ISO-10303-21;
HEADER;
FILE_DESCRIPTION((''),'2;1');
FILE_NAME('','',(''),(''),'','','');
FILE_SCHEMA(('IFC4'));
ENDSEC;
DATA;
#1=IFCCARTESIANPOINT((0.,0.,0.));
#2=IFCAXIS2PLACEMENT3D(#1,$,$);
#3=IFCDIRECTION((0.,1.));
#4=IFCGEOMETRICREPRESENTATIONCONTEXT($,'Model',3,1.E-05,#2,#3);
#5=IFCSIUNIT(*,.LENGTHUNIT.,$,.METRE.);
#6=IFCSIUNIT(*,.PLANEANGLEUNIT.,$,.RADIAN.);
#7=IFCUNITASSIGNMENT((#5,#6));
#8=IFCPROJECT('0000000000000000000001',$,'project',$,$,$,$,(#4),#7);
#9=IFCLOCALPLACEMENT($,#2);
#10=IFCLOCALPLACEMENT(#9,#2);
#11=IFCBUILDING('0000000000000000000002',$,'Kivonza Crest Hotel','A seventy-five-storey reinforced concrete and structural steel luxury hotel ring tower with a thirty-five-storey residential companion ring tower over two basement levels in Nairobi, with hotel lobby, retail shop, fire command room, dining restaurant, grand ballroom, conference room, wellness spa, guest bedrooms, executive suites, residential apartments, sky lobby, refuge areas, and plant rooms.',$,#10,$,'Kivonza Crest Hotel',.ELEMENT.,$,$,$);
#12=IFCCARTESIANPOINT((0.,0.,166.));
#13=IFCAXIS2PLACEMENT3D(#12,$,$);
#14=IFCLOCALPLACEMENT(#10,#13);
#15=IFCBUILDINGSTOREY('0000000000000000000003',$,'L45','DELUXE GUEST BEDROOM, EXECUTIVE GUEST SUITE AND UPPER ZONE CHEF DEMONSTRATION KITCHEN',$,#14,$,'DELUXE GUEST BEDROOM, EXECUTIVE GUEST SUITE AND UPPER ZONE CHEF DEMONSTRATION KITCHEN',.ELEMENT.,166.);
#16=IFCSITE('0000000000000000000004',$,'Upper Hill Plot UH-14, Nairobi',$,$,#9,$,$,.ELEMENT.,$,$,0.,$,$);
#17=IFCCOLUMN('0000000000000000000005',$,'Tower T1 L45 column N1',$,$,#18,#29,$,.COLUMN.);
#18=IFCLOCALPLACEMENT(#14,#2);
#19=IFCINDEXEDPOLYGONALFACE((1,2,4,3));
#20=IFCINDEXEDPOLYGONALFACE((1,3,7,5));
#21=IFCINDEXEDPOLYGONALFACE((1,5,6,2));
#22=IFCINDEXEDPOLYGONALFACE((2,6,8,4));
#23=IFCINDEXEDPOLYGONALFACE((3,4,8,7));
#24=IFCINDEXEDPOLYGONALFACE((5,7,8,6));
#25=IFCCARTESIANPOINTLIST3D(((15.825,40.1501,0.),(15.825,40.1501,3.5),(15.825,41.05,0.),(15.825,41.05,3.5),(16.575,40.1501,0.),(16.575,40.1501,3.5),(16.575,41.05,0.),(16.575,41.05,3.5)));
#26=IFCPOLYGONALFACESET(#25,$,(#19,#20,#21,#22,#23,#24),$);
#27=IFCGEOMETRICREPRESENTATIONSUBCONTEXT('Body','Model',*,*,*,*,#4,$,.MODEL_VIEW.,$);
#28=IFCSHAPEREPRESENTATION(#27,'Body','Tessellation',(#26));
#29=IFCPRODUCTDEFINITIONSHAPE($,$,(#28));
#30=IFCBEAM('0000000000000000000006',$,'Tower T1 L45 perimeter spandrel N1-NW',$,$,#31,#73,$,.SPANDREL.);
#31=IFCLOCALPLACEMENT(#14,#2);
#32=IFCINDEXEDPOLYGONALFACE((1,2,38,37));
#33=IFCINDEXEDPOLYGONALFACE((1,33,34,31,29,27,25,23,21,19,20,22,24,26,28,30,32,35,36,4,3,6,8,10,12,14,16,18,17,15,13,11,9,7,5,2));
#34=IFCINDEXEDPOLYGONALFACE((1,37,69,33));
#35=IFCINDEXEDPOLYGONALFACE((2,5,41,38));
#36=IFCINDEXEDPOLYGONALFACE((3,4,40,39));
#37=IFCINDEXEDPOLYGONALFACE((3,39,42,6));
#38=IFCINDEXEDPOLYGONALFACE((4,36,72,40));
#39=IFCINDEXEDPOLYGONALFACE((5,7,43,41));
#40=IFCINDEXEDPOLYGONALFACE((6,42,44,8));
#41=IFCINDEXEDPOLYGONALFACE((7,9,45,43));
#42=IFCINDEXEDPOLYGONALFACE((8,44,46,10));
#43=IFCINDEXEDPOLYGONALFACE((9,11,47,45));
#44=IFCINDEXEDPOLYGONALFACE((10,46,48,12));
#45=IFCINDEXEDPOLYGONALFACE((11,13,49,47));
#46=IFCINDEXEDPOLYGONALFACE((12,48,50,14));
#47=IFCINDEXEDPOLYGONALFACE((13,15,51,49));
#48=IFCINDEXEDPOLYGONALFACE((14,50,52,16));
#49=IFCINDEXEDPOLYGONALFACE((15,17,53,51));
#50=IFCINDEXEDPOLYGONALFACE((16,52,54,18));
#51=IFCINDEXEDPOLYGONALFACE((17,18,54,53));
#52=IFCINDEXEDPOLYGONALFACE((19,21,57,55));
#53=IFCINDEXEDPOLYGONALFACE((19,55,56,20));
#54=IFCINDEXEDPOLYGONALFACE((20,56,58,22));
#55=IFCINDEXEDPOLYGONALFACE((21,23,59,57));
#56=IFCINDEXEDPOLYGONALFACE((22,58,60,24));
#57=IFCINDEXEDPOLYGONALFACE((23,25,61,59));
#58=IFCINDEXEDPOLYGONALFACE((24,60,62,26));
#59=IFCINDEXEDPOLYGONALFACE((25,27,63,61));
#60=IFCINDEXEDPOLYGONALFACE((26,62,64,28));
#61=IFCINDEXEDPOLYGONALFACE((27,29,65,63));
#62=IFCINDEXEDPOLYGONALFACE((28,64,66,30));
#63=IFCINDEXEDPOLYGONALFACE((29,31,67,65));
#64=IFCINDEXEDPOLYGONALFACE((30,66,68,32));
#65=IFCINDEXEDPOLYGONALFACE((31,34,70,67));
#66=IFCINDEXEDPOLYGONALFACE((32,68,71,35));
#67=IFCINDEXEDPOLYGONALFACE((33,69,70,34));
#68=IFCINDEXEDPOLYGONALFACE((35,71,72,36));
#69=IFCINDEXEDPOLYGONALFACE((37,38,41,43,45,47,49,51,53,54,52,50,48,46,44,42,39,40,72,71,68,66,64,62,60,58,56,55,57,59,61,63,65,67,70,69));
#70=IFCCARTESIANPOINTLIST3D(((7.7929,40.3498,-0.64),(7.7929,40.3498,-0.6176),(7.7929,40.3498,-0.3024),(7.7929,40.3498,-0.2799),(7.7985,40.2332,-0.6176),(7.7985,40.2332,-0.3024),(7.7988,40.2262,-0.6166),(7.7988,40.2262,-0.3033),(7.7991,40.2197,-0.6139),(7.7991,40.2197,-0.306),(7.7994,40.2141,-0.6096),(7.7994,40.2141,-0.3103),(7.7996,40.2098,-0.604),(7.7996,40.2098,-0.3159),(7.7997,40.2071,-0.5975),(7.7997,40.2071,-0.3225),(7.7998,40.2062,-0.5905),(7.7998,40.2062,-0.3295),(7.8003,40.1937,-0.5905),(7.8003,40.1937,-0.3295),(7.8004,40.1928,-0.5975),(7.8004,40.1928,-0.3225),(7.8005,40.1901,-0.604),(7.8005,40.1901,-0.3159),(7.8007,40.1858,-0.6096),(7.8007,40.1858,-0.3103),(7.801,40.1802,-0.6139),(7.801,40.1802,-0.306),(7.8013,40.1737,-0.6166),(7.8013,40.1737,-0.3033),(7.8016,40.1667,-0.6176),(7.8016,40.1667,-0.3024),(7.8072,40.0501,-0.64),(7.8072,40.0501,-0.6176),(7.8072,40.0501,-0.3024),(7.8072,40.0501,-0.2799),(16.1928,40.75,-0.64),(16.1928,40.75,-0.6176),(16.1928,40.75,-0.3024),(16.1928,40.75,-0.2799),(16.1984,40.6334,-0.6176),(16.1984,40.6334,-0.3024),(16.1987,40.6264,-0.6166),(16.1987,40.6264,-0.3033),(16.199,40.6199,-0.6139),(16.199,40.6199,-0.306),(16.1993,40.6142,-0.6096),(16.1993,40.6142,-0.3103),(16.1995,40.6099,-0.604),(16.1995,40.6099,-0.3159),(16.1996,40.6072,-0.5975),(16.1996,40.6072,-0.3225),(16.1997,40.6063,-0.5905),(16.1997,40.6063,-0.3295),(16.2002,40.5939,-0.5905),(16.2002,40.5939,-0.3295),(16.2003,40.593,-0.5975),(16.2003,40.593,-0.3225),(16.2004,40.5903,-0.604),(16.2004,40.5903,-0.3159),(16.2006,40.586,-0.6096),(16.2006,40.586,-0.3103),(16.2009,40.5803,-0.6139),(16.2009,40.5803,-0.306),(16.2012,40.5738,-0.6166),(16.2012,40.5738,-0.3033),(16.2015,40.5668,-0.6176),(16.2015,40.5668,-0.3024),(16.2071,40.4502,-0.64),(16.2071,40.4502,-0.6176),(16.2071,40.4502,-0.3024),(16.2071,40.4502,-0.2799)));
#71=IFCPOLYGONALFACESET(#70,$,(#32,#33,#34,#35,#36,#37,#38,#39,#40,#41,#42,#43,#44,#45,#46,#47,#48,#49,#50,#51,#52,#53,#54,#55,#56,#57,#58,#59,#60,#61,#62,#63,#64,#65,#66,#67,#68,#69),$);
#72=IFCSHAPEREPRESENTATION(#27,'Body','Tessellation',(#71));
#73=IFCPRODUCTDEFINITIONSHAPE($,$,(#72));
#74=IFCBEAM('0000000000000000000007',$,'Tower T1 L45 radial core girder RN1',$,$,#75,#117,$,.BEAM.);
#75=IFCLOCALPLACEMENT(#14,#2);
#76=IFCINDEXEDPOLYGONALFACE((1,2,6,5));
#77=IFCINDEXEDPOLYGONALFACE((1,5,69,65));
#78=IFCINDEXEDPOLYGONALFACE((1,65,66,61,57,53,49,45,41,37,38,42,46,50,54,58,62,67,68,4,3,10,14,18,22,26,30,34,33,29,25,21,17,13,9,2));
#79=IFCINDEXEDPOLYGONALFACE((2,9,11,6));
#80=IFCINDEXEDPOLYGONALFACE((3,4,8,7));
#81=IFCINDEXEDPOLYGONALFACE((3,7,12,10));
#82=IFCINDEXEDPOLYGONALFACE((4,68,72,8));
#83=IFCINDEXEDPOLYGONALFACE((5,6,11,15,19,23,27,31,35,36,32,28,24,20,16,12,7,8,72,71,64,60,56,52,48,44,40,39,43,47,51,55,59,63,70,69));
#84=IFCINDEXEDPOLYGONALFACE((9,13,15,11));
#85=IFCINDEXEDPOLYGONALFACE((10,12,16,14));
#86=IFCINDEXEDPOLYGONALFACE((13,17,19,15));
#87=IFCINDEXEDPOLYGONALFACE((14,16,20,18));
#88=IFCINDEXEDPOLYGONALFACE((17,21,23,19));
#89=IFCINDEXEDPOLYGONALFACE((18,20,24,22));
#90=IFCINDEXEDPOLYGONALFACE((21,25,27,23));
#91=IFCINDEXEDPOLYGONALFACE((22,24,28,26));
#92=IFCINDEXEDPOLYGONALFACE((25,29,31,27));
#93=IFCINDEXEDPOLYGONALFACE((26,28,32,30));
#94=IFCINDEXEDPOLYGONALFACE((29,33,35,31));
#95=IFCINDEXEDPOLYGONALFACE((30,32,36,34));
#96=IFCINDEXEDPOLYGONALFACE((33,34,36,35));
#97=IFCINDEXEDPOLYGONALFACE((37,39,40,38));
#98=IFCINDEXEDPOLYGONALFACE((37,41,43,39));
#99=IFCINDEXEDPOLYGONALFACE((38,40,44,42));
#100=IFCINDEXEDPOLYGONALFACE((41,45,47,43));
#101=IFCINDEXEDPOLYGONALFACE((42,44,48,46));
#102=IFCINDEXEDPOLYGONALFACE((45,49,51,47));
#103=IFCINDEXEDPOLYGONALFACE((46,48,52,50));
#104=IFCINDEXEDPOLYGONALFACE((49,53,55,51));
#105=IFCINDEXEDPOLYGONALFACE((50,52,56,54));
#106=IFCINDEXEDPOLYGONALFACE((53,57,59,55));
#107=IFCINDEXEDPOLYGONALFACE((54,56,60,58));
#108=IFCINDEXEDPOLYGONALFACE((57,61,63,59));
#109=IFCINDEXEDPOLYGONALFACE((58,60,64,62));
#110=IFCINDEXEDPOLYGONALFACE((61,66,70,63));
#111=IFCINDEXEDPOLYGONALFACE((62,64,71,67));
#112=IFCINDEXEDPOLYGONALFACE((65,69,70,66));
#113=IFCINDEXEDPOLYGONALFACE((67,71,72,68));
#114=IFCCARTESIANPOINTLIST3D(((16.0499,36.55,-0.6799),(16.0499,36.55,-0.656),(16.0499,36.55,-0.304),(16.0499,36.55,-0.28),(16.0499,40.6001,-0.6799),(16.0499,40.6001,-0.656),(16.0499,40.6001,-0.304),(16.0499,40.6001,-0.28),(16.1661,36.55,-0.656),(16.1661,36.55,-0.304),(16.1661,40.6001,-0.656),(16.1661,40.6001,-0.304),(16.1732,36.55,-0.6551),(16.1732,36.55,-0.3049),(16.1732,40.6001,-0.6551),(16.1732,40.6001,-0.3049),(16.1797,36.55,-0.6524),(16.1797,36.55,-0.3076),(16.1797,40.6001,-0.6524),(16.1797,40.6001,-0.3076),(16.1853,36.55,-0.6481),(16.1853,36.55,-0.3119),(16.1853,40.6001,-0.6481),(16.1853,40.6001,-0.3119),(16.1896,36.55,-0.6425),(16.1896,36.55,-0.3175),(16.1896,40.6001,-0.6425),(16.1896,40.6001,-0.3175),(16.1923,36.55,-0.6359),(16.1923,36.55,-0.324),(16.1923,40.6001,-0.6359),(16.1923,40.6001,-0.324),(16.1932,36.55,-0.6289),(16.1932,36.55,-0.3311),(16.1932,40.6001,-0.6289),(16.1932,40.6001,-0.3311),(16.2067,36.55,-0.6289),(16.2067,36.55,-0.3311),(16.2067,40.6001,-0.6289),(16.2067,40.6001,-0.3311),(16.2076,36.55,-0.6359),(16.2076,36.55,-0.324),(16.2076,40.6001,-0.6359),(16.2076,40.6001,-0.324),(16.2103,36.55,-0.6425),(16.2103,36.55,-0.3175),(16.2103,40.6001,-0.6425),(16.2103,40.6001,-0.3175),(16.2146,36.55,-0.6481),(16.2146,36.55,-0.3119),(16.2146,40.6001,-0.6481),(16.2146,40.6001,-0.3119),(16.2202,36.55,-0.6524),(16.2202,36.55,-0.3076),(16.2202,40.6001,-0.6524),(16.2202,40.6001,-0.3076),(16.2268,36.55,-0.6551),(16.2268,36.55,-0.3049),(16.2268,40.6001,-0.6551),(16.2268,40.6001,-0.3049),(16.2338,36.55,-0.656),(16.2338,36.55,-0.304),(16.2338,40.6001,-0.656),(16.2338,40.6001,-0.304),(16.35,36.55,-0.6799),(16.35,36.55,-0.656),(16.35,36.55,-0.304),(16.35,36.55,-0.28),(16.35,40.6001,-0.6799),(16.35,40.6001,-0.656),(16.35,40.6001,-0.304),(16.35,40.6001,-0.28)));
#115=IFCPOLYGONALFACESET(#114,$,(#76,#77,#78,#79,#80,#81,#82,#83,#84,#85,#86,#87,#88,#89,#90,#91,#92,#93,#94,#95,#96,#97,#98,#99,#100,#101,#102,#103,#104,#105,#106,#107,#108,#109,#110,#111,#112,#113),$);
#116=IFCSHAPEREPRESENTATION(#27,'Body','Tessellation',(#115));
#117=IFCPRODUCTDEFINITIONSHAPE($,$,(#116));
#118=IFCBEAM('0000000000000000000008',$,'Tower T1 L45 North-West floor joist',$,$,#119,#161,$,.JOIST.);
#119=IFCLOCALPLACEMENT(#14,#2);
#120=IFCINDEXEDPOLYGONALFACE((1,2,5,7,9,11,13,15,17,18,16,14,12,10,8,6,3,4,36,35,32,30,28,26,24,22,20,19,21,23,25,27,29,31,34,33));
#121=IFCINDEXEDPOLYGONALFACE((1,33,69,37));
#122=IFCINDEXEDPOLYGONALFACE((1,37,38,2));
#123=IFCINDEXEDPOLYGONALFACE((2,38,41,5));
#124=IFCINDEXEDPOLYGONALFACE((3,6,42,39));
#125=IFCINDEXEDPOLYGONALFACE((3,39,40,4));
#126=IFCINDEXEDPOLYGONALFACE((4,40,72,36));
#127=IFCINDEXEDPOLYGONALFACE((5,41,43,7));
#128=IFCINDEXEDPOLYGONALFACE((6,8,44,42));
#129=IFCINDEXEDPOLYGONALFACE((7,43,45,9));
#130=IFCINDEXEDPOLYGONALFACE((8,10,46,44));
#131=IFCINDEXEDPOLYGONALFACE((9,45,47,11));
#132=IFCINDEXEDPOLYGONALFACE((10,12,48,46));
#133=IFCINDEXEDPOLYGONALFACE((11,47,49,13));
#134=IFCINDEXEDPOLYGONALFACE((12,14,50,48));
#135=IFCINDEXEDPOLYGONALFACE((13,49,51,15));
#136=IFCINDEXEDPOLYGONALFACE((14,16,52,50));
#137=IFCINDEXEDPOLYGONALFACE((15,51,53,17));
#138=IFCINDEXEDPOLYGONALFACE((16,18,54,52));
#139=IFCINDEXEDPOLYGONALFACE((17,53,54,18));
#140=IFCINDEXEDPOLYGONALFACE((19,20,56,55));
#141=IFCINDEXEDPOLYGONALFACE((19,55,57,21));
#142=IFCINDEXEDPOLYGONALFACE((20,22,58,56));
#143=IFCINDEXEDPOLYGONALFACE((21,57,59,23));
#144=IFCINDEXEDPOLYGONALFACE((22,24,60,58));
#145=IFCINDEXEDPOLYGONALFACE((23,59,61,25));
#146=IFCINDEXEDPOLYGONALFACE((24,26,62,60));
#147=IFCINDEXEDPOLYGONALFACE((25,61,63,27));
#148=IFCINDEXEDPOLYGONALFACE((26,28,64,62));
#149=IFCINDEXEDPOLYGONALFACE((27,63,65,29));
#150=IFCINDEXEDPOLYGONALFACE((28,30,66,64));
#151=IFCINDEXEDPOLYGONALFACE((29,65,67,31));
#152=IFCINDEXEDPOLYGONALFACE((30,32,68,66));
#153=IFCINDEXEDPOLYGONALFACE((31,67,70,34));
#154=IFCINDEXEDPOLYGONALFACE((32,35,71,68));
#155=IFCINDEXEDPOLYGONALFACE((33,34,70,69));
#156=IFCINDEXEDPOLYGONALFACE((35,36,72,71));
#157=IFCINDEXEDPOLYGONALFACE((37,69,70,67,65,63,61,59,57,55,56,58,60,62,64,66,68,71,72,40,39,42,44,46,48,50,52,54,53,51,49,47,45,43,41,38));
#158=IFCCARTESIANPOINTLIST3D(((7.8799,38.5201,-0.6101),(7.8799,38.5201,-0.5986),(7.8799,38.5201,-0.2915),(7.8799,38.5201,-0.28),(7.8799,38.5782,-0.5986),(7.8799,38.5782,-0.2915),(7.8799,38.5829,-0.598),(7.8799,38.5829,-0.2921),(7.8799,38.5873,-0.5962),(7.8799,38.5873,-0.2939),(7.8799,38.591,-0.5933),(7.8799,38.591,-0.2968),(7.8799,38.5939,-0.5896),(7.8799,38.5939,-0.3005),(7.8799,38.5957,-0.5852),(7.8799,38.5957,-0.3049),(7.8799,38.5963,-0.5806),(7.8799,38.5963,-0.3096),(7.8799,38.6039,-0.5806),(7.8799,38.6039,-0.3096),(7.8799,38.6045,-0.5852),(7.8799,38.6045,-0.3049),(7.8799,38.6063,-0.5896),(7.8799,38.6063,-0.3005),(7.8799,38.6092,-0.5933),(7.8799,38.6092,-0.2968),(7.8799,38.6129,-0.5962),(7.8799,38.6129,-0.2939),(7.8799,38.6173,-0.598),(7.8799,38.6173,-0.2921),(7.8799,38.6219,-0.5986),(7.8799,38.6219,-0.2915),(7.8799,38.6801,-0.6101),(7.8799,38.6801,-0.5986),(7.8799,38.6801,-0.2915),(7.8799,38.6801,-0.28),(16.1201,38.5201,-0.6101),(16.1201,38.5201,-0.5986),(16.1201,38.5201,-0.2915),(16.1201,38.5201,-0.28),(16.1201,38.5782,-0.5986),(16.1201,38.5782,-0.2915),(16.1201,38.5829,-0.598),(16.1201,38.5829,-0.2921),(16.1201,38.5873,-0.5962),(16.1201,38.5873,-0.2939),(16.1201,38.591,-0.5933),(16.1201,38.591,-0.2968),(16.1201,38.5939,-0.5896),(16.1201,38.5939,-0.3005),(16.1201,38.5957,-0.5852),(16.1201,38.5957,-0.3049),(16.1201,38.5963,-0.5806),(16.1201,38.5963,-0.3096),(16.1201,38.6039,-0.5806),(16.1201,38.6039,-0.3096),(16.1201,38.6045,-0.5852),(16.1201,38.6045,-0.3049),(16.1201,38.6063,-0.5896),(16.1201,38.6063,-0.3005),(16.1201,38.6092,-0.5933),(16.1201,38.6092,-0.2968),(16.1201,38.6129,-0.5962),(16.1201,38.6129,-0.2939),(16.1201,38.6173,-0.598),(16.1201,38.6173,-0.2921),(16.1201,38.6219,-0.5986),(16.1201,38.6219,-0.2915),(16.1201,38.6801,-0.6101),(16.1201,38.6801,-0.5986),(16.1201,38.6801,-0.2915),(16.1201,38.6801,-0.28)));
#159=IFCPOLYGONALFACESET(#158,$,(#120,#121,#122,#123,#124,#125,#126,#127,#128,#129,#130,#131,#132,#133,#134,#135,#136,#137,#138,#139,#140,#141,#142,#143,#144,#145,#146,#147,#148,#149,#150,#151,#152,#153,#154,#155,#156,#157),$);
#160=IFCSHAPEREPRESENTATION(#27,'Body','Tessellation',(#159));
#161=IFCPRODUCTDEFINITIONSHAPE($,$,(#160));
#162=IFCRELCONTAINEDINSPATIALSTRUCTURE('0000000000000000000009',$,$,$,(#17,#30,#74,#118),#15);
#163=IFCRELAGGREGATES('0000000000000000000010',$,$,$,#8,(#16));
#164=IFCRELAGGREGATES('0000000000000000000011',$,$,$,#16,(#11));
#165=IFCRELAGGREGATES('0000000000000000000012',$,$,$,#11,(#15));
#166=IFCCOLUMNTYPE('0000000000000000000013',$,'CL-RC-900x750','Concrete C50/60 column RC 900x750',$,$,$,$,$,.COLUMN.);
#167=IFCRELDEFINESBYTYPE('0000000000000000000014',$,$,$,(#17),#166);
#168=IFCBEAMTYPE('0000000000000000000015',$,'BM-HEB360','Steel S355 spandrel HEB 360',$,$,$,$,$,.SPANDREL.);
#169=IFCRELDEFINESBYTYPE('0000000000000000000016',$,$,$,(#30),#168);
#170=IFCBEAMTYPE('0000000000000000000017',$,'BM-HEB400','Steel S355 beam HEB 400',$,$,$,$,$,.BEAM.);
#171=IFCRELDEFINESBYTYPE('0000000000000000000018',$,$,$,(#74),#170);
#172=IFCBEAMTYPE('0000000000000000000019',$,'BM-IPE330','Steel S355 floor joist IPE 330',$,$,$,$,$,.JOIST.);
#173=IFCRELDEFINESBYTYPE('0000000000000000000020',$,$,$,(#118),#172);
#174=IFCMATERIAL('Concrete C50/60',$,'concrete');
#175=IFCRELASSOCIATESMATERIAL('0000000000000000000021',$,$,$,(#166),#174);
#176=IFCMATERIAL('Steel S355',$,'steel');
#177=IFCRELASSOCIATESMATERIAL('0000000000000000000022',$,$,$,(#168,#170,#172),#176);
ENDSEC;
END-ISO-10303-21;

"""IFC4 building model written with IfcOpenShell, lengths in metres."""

from ifc_helpers import new_model, si_unit, direction, frame, origin, origin_2d, place, context, subcontext, project, spatial, rectangle, i_section, extrude, material, material_profile, profile_set, type_object, element, save


model = new_model("IFC4")

# Units and contexts
model_context = context("Model", 3, precision=1e-05, world=origin(), true_north=direction((0.0, 1.0)))
body_context = subcontext(model_context, "Body", "Model", "MODEL_VIEW")
ifc_project = project(units=[si_unit("LENGTHUNIT", "METRE"), si_unit("PLANEANGLEUNIT", "RADIAN")], contexts=[model_context])

# Site, building, storey
site_placement = place(None, origin())
site = spatial("IfcSite", under=ifc_project, at=site_placement, Name="Upper Hill Plot UH-14, Nairobi", CompositionType="ELEMENT", RefElevation=0.0)
building_placement = place(site_placement, origin())
building = spatial("IfcBuilding", under=site, at=building_placement, Name="Kivonza Crest Hotel", Description="A seventy-five-storey reinforced concrete and structural steel luxury hotel ring tower with a thirty-five-storey residential companion ring tower over two basement levels in Nairobi, with hotel lobby, retail shop, fire command room, dining restaurant, grand ballroom, conference room, wellness spa, guest bedrooms, executive suites, residential apartments, sky lobby, refuge areas, and plant rooms.", LongName="Kivonza Crest Hotel", CompositionType="ELEMENT")
storey_placement = place(building_placement, frame((0.0, 0.0, 166.0)))
storey = spatial("IfcBuildingStorey", under=building, at=storey_placement, Name="L45", Description="DELUXE GUEST BEDROOM, EXECUTIVE GUEST SUITE AND UPPER ZONE CHEF DEMONSTRATION KITCHEN", LongName="DELUXE GUEST BEDROOM, EXECUTIVE GUEST SUITE AND UPPER ZONE CHEF DEMONSTRATION KITCHEN", CompositionType="ELEMENT", Elevation=166.0)

# Column
ifc_material_1 = material(Name="Concrete C50/60", Category="concrete")
ifc_material_profile_1 = material_profile(ifc_material_1, rectangle(XDim=0.75, YDim=0.8999, at=origin_2d()), Name="RC 900x750")
ifc_profile_set_1 = profile_set([ifc_material_profile_1], Name="Concrete C50/60")
column_type = type_object("IfcColumnType", Name="CL-RC-900x750", Description="Concrete C50/60 column RC 900x750", PredefinedType="COLUMN", material=ifc_profile_set_1)
column_placement = place(storey_placement, frame((16.2, 40.6001, 0.0), z_axis=(0.0, 0.0, 1.0), x_axis=(1.0, 0.0, 0.0)))
element("IfcColumn", 1, at=column_placement, inside=storey, type_object=column_type, Name="Tower T1 L45 column N1", PredefinedType="COLUMN", context=body_context, shape_type="SweptSolid", body=[
    extrude(rectangle(XDim=0.75, YDim=0.8999, at=origin_2d()), origin(), (0.0, 0.0, 1.0), 3.5),
])

# Beams
ifc_material_2 = material(Name="Steel S355", Category="steel")
ifc_material_profile_2 = material_profile(ifc_material_2, i_section(OverallWidth=0.3, OverallDepth=0.3601, WebThickness=0.0125, FlangeThickness=0.0225, FilletRadius=0.0271, at=origin_2d()), Name="HEB 360")
ifc_profile_set_2 = profile_set([ifc_material_profile_2], Name="Steel S355")
beam_type_1 = type_object("IfcBeamType", Name="BM-HEB360", Description="Steel S355 spandrel HEB 360", PredefinedType="SPANDREL", material=ifc_profile_set_2)
beam_1_placement = place(storey_placement, frame((16.2, 40.6001, -0.46), z_axis=(-0.998867, -0.047583, 0.0), x_axis=(0.047583, -0.998867, 0.0)))
element("IfcBeam", 2, at=beam_1_placement, inside=storey, type_object=beam_type_1, Name="Tower T1 L45 perimeter spandrel N1-NW", PredefinedType="SPANDREL", context=body_context, shape_type="SweptSolid", body=[
    extrude(i_section(OverallWidth=0.3, OverallDepth=0.3601, WebThickness=0.0125, FlangeThickness=0.0225, FilletRadius=0.0271, at=origin_2d()), origin(), (0.0, 0.0, 1.0), 8.4094),
])
ifc_material_profile_3 = material_profile(ifc_material_2, i_section(OverallWidth=0.3, OverallDepth=0.3999, WebThickness=0.0134, FlangeThickness=0.0239, FilletRadius=0.0271, at=origin_2d()), Name="HEB 400")
ifc_profile_set_3 = profile_set([ifc_material_profile_3], Name="Steel S355")
beam_type_2 = type_object("IfcBeamType", Name="BM-HEB400", Description="Steel S355 beam HEB 400", PredefinedType="BEAM", material=ifc_profile_set_3)
beam_2_placement = place(storey_placement, frame((16.2, 40.6001, -0.48), z_axis=(0.0, -1.0, 0.0), x_axis=(1.0, 0.0, 0.0)))
element("IfcBeam", 3, at=beam_2_placement, inside=storey, type_object=beam_type_2, Name="Tower T1 L45 radial core girder RN1", PredefinedType="BEAM", context=body_context, shape_type="SweptSolid", body=[
    extrude(i_section(OverallWidth=0.3, OverallDepth=0.3999, WebThickness=0.0134, FlangeThickness=0.0239, FilletRadius=0.0271, at=origin_2d()), origin(), (0.0, 0.0, 1.0), 4.05),
])
ifc_material_profile_4 = material_profile(ifc_material_2, i_section(OverallWidth=0.1599, OverallDepth=0.3301, WebThickness=0.0076, FlangeThickness=0.0115, FilletRadius=0.0181, at=origin_2d()), Name="IPE 330")
ifc_profile_set_4 = profile_set([ifc_material_profile_4], Name="Steel S355")
beam_type_3 = type_object("IfcBeamType", Name="BM-IPE330", Description="Steel S355 floor joist IPE 330", PredefinedType="JOIST", material=ifc_profile_set_4)
beam_3_placement = place(storey_placement, frame((7.8799, 38.6001, -0.4451), z_axis=(1.0, 0.0, 0.0), x_axis=(0.0, 1.0, 0.0)))
element("IfcBeam", 4, at=beam_3_placement, inside=storey, type_object=beam_type_3, Name="Tower T1 L45 North-West floor joist", PredefinedType="JOIST", context=body_context, shape_type="SweptSolid", body=[
    extrude(i_section(OverallWidth=0.1599, OverallDepth=0.3301, WebThickness=0.0076, FlangeThickness=0.0115, FilletRadius=0.0181, at=origin_2d()), origin(), (0.0, 0.0, 1.0), 8.2402),
])

save(model, "model.ifc")
